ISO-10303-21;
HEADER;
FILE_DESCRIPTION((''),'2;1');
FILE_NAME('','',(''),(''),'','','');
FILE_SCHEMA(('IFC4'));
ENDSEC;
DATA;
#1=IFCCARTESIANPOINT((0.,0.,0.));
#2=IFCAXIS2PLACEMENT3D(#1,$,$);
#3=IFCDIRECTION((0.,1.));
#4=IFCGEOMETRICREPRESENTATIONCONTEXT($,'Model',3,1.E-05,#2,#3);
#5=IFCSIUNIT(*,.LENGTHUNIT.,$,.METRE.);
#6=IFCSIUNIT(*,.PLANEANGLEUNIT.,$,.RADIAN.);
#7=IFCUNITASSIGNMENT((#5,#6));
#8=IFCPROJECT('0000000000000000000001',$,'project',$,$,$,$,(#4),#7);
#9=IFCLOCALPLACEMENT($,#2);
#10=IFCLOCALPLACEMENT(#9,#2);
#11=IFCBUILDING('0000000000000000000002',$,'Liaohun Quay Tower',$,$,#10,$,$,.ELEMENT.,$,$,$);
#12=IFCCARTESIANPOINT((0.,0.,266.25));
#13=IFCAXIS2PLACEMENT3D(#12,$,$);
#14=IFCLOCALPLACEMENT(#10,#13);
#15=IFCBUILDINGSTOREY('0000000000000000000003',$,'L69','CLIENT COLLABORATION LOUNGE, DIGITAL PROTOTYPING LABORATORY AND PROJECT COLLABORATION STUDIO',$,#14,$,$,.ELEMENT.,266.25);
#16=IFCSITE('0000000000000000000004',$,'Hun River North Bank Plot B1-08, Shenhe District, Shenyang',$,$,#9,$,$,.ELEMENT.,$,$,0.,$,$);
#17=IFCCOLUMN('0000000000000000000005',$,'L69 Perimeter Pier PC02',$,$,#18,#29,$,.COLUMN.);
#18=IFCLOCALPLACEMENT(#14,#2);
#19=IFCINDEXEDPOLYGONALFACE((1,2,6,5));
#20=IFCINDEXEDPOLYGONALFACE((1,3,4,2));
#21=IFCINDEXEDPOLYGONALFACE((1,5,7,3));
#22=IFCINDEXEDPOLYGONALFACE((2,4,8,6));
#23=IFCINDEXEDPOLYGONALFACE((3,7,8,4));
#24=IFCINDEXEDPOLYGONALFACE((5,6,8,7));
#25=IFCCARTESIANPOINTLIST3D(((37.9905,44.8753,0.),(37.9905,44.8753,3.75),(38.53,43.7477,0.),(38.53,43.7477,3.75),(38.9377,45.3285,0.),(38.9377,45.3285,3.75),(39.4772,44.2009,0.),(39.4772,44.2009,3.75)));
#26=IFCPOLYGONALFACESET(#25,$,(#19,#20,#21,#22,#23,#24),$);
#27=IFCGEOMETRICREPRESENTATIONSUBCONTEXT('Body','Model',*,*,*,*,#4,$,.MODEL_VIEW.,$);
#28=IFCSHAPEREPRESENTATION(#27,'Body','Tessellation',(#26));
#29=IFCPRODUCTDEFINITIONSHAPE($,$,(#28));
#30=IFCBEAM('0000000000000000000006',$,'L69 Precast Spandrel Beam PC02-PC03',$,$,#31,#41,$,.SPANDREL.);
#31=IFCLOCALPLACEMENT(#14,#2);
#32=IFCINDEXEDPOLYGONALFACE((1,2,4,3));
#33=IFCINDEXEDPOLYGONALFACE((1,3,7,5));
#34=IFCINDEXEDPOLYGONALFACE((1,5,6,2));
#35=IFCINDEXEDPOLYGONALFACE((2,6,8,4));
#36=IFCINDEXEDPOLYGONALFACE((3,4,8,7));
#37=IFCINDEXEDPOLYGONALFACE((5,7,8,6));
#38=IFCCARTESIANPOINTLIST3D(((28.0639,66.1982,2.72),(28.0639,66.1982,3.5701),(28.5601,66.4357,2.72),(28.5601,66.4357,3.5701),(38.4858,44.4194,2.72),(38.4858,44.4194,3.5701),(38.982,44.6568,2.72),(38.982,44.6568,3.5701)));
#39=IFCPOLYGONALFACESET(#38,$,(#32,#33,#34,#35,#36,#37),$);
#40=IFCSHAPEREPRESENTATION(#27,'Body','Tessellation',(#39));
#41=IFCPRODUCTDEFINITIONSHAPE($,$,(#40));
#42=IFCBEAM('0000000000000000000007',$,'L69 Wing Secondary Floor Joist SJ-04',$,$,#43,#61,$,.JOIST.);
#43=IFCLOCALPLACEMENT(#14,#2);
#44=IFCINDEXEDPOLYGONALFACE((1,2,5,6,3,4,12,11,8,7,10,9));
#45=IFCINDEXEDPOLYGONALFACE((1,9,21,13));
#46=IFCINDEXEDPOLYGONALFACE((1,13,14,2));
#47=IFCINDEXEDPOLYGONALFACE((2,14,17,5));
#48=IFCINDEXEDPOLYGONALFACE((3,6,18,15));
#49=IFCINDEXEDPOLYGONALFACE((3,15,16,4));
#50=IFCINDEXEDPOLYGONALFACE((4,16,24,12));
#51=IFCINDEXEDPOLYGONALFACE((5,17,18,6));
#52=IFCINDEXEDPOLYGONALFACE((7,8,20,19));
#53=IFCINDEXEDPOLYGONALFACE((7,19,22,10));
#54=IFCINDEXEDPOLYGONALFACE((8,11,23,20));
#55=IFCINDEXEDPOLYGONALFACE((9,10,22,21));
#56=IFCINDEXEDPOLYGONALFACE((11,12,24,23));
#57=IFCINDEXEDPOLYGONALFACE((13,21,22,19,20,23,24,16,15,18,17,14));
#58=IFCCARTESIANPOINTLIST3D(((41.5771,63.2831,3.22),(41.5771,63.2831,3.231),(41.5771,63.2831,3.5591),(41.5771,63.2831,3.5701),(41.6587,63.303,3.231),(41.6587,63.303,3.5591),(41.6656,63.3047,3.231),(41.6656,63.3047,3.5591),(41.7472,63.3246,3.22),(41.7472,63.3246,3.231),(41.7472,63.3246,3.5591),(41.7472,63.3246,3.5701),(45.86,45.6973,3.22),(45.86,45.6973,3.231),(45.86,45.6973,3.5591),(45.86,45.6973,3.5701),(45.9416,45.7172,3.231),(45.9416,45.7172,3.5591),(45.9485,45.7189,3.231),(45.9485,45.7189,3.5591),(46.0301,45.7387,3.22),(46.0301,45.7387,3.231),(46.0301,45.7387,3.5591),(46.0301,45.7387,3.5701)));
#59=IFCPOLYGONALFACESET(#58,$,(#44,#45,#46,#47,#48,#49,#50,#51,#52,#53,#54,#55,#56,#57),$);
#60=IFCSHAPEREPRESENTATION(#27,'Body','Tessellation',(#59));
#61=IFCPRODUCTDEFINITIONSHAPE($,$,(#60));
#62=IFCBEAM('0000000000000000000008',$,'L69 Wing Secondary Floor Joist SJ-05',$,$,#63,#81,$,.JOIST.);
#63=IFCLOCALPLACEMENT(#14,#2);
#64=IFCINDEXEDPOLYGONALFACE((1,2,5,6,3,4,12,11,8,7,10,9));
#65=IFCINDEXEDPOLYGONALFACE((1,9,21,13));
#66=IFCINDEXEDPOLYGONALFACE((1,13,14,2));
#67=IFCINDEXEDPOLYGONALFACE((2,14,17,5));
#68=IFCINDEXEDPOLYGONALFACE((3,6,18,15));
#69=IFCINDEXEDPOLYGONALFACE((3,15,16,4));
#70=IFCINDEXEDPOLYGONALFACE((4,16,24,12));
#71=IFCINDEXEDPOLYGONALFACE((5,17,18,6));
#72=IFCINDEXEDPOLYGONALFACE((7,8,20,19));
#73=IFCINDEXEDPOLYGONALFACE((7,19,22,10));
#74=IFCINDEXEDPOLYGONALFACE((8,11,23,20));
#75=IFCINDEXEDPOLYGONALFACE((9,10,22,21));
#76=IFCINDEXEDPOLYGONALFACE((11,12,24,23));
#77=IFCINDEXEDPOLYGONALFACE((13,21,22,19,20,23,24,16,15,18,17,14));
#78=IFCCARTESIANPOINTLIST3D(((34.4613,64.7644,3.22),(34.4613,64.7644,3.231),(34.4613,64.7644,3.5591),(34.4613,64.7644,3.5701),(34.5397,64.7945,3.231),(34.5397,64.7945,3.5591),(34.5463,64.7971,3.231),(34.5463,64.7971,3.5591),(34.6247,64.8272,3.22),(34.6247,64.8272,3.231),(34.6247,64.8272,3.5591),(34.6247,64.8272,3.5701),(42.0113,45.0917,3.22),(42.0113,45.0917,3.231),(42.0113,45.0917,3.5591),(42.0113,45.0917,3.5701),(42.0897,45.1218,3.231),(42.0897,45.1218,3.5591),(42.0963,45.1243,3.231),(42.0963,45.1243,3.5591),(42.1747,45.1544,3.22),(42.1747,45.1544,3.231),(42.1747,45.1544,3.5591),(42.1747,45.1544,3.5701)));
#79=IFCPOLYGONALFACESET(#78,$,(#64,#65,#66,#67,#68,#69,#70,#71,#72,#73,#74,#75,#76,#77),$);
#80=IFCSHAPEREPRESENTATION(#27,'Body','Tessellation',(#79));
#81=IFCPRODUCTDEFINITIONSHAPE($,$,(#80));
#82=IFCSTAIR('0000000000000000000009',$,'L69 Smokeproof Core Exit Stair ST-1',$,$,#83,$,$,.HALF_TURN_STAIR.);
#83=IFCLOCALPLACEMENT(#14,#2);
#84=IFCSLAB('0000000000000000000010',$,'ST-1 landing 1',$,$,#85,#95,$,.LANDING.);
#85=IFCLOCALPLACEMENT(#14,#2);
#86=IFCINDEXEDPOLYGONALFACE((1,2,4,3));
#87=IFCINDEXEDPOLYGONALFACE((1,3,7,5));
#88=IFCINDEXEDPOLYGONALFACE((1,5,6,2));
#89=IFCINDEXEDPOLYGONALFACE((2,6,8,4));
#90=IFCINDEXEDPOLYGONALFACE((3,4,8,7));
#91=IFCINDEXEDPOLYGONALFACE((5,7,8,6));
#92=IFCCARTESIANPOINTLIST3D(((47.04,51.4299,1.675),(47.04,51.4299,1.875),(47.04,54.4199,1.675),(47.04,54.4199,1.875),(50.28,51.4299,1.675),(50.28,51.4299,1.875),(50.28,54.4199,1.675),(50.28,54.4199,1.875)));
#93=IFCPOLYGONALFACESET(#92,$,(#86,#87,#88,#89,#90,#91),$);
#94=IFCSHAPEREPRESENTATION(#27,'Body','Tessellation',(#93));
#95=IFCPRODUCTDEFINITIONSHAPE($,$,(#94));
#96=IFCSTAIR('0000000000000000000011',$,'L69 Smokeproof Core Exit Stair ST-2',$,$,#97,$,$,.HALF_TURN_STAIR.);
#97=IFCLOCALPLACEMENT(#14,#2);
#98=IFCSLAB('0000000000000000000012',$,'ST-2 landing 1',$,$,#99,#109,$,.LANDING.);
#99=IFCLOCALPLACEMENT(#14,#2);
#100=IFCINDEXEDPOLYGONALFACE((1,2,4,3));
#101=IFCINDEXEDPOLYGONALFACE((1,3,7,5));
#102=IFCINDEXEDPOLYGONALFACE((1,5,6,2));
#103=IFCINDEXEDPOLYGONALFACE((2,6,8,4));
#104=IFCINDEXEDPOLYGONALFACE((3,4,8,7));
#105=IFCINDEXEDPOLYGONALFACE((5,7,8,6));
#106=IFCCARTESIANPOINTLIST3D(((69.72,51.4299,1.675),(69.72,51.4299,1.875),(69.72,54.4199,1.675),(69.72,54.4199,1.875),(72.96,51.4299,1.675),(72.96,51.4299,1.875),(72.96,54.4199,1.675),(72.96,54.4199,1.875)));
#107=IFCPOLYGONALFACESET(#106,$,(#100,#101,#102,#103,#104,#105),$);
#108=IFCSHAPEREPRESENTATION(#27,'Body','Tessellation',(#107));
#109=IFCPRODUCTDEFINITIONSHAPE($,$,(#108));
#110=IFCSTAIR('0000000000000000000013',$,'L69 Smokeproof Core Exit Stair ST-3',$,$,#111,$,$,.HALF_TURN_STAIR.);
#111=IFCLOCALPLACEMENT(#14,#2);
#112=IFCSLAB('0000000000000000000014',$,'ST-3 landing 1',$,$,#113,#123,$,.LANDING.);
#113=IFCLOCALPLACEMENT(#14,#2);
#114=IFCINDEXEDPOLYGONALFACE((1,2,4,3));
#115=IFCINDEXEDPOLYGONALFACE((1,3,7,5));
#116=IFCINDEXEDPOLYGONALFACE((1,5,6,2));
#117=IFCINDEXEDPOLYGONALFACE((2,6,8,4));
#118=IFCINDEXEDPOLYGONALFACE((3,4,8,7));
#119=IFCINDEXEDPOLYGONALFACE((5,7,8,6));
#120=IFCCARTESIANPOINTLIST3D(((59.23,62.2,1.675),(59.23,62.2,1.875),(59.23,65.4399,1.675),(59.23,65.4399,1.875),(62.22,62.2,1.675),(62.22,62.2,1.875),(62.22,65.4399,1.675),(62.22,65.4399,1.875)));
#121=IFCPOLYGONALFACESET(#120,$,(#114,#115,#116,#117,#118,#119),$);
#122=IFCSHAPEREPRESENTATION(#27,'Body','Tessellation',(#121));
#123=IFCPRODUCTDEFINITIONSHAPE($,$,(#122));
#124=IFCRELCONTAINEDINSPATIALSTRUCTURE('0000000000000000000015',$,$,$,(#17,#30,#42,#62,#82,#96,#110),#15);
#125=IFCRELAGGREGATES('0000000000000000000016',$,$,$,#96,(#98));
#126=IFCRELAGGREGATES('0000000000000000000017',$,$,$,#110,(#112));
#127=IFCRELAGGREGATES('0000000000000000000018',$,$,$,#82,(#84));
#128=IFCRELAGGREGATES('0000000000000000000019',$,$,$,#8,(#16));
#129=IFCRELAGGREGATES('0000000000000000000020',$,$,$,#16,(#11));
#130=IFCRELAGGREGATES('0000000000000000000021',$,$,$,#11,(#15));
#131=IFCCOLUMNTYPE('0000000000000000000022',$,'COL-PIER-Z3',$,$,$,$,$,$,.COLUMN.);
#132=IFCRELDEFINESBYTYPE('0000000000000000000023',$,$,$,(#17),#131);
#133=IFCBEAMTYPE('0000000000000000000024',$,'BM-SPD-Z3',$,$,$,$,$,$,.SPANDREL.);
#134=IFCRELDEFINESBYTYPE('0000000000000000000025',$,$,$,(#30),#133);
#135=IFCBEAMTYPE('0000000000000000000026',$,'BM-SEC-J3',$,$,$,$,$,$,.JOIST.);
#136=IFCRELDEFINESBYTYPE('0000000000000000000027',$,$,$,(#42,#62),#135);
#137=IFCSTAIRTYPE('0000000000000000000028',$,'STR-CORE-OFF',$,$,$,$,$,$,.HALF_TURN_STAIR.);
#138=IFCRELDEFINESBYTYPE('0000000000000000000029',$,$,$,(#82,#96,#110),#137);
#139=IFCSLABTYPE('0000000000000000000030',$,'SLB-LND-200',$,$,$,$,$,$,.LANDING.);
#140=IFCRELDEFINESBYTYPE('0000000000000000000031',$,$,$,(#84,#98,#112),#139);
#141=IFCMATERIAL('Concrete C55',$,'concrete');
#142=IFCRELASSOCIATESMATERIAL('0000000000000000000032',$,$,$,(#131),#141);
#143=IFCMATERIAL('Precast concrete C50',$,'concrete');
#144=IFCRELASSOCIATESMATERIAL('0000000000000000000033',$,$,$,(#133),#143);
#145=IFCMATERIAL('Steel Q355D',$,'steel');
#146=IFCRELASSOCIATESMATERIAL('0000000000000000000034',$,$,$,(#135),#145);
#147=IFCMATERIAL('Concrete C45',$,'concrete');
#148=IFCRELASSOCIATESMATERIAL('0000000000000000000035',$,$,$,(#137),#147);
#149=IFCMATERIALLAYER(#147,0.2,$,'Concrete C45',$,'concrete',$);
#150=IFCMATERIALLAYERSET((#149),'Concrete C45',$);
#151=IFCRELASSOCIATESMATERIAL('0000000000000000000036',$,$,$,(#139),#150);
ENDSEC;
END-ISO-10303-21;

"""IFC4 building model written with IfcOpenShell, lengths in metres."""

from ifc_helpers import new_model, si_unit, direction, frame, origin, origin_2d, place, context, subcontext, project, spatial, polyline, rectangle, i_section, outline, extrude, source, transform, mapped, material, layer, layer_set, material_profile, profile_set, type_object, element, aggregate, save


model = new_model("IFC4")

# Units and contexts
model_context = context("Model", 3, precision=1e-05, world=origin(), true_north=direction((0.0, 1.0)))
body_context = subcontext(model_context, "Body", "Model", "MODEL_VIEW")
ifc_project = project(units=[si_unit("LENGTHUNIT", "METRE"), si_unit("PLANEANGLEUNIT", "RADIAN")], contexts=[model_context])

# Site, building, storey
site_placement = place(None, origin())
site = spatial("IfcSite", under=ifc_project, at=site_placement, Name="Hun River North Bank Plot B1-08, Shenhe District, Shenyang", CompositionType="ELEMENT", RefElevation=0.0)
building_placement = place(site_placement, origin())
building = spatial("IfcBuilding", under=site, at=building_placement, Name="Liaohun Quay Tower", CompositionType="ELEMENT")
storey_placement = place(building_placement, frame((0.0, 0.0, 266.25)))
storey = spatial("IfcBuildingStorey", under=building, at=storey_placement, Name="L69", Description="CLIENT COLLABORATION LOUNGE, DIGITAL PROTOTYPING LABORATORY AND PROJECT COLLABORATION STUDIO", CompositionType="ELEMENT", Elevation=266.25)

# Column
ifc_material_1 = material(Name="Concrete C55", Category="concrete")
ifc_material_profile_1 = material_profile(ifc_material_1, rectangle(XDim=1.25, YDim=1.05, at=origin_2d()), Name="RC1250x1050")
ifc_profile_set_1 = profile_set([ifc_material_profile_1], Name="Concrete C55")
column_type = type_object("IfcColumnType", Name="COL-PIER-Z3", PredefinedType="COLUMN", material=ifc_profile_set_1)
shared_shape_1 = source(origin(), body_context, "Body", "SweptSolid", [
    extrude(rectangle(XDim=1.25, YDim=1.05, at=origin_2d()), origin(), (0.0, 0.0, 1.0), 3.75),
])
column_placement = place(storey_placement, frame((38.7339, 44.5381, 0.0), z_axis=(0.0, 0.0, 1.0), x_axis=(-0.431613, 0.902059, 0.0)))
element("IfcColumn", 1, at=column_placement, inside=storey, type_object=column_type, Name="L69 Perimeter Pier PC02", PredefinedType="COLUMN", context=body_context, shape_type="MappedRepresentation", body=[
    mapped(shared_shape_1, transform((0.0, 0.0, 0.0), x_axis=(1.0, 0.0, 0.0), y_axis=(0.0, 1.0, 0.0), z_axis=(0.0, 0.0, 1.0), scale=1.0)),
])

# Beams
ifc_material_2 = material(Name="Precast concrete C50", Category="concrete")
ifc_material_profile_2 = material_profile(ifc_material_2, rectangle(XDim=0.55, YDim=0.8501, at=origin_2d()), Name="RC550x850")
ifc_profile_set_2 = profile_set([ifc_material_profile_2], Name="Precast concrete C50")
beam_type_1 = type_object("IfcBeamType", Name="BM-SPD-Z3", PredefinedType="SPANDREL", material=ifc_profile_set_2)
shared_shape_2 = source(origin(), body_context, "Body", "SweptSolid", [
    extrude(rectangle(XDim=0.55, YDim=0.8501, at=origin_2d()), origin(), (0.0, 0.0, 1.0), 24.144),
])
beam_1_placement = place(storey_placement, frame((38.7339, 44.5381, 3.145), z_axis=(-0.431655, 0.902039, 0.0), x_axis=(-0.902039, -0.431655, 0.0)))
element("IfcBeam", 2, at=beam_1_placement, inside=storey, type_object=beam_type_1, Name="L69 Precast Spandrel Beam PC02-PC03", PredefinedType="SPANDREL", context=body_context, shape_type="MappedRepresentation", body=[
    mapped(shared_shape_2, transform((0.0, 0.0, 0.0), x_axis=(1.0, 0.0, 0.0), y_axis=(0.0, 1.0, 0.0), z_axis=(0.0, 0.0, 1.0), scale=1.0)),
])
ifc_material_3 = material(Name="Steel Q355D", Category="steel")
ifc_material_profile_3 = material_profile(ifc_material_3, i_section(OverallWidth=0.175, OverallDepth=0.3501, WebThickness=0.0071, FlangeThickness=0.011, at=origin_2d()), Name="HN350x175x7x11")
ifc_profile_set_3 = profile_set([ifc_material_profile_3], Name="Steel Q355D")
beam_type_2 = type_object("IfcBeamType", Name="BM-SEC-J3", PredefinedType="JOIST", material=ifc_profile_set_3)
shared_shape_3 = source(origin(), body_context, "Body", "SweptSolid", [
    extrude(i_section(OverallWidth=0.175, OverallDepth=0.3501, WebThickness=0.0071, FlangeThickness=0.011, at=origin_2d()), origin(), (0.0, 0.0, 1.0), 18.0999),
])
beam_2_placement = place(storey_placement, frame((45.9451, 45.718, 3.395), z_axis=(-0.236628, 0.9716, 0.0), x_axis=(-0.9716, -0.236628, 0.0)))
element("IfcBeam", 3, at=beam_2_placement, inside=storey, type_object=beam_type_2, Name="L69 Wing Secondary Floor Joist SJ-04", PredefinedType="JOIST", context=body_context, shape_type="MappedRepresentation", body=[
    mapped(shared_shape_3, transform((0.0, 0.0, 0.0), x_axis=(1.0, 0.0, 0.0), y_axis=(0.0, 1.0, 0.0), z_axis=(0.0, 0.0, 1.0), scale=1.0)),
])
shared_shape_4 = source(origin(), body_context, "Body", "SweptSolid", [
    extrude(i_section(OverallWidth=0.175, OverallDepth=0.3501, WebThickness=0.0071, FlangeThickness=0.011, at=origin_2d()), origin(), (0.0, 0.0, 1.0), 21.0718),
])
beam_3_placement = place(storey_placement, frame((42.093, 45.123, 3.395), z_axis=(-0.3583, 0.933607, 0.0), x_axis=(-0.933607, -0.3583, 0.0)))
element("IfcBeam", 4, at=beam_3_placement, inside=storey, type_object=beam_type_2, Name="L69 Wing Secondary Floor Joist SJ-05", PredefinedType="JOIST", context=body_context, shape_type="MappedRepresentation", body=[
    mapped(shared_shape_4, transform((0.0, 0.0, 0.0), x_axis=(1.0, 0.0, 0.0), y_axis=(0.0, 1.0, 0.0), z_axis=(0.0, 0.0, 1.0), scale=1.0)),
])

# Stairs, slabs
ifc_material_4 = material(Name="Concrete C45", Category="concrete")
stair_type = type_object("IfcStairType", Name="STR-CORE-OFF", PredefinedType="HALF_TURN_STAIR", material=ifc_material_4)
stair_1_placement = place(storey_placement, origin())
stair_1 = element("IfcStair", 5, at=stair_1_placement, inside=storey, type_object=stair_type, Name="L69 Smokeproof Core Exit Stair ST-1", PredefinedType="HALF_TURN_STAIR")
ifc_layer_1 = layer(ifc_material_4, 0.2, Name="Concrete C45", Category="concrete")
ifc_layer_set_1 = layer_set([ifc_layer_1], Name="Concrete C45")
slab_type_1 = type_object("IfcSlabType", Name="SLB-LND-200", PredefinedType="LANDING", material=ifc_layer_set_1)
slab_1_placement = place(storey_placement, frame((0.0, 0.0, 1.675)))
slab_1 = element("IfcSlab", 6, at=slab_1_placement, type_object=slab_type_1, Name="ST-1 landing 1", PredefinedType="LANDING", context=body_context, shape_type="SweptSolid", body=[
    extrude(outline(polyline([(50.28, 51.4299), (50.28, 54.4199), (47.04, 54.4199), (47.04, 51.4299), (50.28, 51.4299)])), origin(), (0.0, 0.0, 1.0), 0.2),
])
stair_2_placement = place(storey_placement, origin())
stair_2 = element("IfcStair", 7, at=stair_2_placement, inside=storey, type_object=stair_type, Name="L69 Smokeproof Core Exit Stair ST-2", PredefinedType="HALF_TURN_STAIR")
slab_2_placement = place(storey_placement, frame((0.0, 0.0, 1.675)))
slab_2 = element("IfcSlab", 8, at=slab_2_placement, type_object=slab_type_1, Name="ST-2 landing 1", PredefinedType="LANDING", context=body_context, shape_type="SweptSolid", body=[
    extrude(outline(polyline([(72.96, 51.4299), (72.96, 54.4199), (69.72, 54.4199), (69.72, 51.4299), (72.96, 51.4299)])), origin(), (0.0, 0.0, 1.0), 0.2),
])
aggregate(stair_2, [slab_2])
stair_3_placement = place(storey_placement, origin())
stair_3 = element("IfcStair", 9, at=stair_3_placement, inside=storey, type_object=stair_type, Name="L69 Smokeproof Core Exit Stair ST-3", PredefinedType="HALF_TURN_STAIR")
slab_3_placement = place(storey_placement, frame((0.0, 0.0, 1.675)))
slab_3 = element("IfcSlab", 10, at=slab_3_placement, type_object=slab_type_1, Name="ST-3 landing 1", PredefinedType="LANDING", context=body_context, shape_type="SweptSolid", body=[
    extrude(outline(polyline([(59.23, 62.2), (62.22, 62.2), (62.22, 65.4399), (59.23, 65.4399), (59.23, 62.2)])), origin(), (0.0, 0.0, 1.0), 0.2),
])
aggregate(stair_3, [slab_3])

aggregate(stair_1, [slab_1])

save(model, "model.ifc")
